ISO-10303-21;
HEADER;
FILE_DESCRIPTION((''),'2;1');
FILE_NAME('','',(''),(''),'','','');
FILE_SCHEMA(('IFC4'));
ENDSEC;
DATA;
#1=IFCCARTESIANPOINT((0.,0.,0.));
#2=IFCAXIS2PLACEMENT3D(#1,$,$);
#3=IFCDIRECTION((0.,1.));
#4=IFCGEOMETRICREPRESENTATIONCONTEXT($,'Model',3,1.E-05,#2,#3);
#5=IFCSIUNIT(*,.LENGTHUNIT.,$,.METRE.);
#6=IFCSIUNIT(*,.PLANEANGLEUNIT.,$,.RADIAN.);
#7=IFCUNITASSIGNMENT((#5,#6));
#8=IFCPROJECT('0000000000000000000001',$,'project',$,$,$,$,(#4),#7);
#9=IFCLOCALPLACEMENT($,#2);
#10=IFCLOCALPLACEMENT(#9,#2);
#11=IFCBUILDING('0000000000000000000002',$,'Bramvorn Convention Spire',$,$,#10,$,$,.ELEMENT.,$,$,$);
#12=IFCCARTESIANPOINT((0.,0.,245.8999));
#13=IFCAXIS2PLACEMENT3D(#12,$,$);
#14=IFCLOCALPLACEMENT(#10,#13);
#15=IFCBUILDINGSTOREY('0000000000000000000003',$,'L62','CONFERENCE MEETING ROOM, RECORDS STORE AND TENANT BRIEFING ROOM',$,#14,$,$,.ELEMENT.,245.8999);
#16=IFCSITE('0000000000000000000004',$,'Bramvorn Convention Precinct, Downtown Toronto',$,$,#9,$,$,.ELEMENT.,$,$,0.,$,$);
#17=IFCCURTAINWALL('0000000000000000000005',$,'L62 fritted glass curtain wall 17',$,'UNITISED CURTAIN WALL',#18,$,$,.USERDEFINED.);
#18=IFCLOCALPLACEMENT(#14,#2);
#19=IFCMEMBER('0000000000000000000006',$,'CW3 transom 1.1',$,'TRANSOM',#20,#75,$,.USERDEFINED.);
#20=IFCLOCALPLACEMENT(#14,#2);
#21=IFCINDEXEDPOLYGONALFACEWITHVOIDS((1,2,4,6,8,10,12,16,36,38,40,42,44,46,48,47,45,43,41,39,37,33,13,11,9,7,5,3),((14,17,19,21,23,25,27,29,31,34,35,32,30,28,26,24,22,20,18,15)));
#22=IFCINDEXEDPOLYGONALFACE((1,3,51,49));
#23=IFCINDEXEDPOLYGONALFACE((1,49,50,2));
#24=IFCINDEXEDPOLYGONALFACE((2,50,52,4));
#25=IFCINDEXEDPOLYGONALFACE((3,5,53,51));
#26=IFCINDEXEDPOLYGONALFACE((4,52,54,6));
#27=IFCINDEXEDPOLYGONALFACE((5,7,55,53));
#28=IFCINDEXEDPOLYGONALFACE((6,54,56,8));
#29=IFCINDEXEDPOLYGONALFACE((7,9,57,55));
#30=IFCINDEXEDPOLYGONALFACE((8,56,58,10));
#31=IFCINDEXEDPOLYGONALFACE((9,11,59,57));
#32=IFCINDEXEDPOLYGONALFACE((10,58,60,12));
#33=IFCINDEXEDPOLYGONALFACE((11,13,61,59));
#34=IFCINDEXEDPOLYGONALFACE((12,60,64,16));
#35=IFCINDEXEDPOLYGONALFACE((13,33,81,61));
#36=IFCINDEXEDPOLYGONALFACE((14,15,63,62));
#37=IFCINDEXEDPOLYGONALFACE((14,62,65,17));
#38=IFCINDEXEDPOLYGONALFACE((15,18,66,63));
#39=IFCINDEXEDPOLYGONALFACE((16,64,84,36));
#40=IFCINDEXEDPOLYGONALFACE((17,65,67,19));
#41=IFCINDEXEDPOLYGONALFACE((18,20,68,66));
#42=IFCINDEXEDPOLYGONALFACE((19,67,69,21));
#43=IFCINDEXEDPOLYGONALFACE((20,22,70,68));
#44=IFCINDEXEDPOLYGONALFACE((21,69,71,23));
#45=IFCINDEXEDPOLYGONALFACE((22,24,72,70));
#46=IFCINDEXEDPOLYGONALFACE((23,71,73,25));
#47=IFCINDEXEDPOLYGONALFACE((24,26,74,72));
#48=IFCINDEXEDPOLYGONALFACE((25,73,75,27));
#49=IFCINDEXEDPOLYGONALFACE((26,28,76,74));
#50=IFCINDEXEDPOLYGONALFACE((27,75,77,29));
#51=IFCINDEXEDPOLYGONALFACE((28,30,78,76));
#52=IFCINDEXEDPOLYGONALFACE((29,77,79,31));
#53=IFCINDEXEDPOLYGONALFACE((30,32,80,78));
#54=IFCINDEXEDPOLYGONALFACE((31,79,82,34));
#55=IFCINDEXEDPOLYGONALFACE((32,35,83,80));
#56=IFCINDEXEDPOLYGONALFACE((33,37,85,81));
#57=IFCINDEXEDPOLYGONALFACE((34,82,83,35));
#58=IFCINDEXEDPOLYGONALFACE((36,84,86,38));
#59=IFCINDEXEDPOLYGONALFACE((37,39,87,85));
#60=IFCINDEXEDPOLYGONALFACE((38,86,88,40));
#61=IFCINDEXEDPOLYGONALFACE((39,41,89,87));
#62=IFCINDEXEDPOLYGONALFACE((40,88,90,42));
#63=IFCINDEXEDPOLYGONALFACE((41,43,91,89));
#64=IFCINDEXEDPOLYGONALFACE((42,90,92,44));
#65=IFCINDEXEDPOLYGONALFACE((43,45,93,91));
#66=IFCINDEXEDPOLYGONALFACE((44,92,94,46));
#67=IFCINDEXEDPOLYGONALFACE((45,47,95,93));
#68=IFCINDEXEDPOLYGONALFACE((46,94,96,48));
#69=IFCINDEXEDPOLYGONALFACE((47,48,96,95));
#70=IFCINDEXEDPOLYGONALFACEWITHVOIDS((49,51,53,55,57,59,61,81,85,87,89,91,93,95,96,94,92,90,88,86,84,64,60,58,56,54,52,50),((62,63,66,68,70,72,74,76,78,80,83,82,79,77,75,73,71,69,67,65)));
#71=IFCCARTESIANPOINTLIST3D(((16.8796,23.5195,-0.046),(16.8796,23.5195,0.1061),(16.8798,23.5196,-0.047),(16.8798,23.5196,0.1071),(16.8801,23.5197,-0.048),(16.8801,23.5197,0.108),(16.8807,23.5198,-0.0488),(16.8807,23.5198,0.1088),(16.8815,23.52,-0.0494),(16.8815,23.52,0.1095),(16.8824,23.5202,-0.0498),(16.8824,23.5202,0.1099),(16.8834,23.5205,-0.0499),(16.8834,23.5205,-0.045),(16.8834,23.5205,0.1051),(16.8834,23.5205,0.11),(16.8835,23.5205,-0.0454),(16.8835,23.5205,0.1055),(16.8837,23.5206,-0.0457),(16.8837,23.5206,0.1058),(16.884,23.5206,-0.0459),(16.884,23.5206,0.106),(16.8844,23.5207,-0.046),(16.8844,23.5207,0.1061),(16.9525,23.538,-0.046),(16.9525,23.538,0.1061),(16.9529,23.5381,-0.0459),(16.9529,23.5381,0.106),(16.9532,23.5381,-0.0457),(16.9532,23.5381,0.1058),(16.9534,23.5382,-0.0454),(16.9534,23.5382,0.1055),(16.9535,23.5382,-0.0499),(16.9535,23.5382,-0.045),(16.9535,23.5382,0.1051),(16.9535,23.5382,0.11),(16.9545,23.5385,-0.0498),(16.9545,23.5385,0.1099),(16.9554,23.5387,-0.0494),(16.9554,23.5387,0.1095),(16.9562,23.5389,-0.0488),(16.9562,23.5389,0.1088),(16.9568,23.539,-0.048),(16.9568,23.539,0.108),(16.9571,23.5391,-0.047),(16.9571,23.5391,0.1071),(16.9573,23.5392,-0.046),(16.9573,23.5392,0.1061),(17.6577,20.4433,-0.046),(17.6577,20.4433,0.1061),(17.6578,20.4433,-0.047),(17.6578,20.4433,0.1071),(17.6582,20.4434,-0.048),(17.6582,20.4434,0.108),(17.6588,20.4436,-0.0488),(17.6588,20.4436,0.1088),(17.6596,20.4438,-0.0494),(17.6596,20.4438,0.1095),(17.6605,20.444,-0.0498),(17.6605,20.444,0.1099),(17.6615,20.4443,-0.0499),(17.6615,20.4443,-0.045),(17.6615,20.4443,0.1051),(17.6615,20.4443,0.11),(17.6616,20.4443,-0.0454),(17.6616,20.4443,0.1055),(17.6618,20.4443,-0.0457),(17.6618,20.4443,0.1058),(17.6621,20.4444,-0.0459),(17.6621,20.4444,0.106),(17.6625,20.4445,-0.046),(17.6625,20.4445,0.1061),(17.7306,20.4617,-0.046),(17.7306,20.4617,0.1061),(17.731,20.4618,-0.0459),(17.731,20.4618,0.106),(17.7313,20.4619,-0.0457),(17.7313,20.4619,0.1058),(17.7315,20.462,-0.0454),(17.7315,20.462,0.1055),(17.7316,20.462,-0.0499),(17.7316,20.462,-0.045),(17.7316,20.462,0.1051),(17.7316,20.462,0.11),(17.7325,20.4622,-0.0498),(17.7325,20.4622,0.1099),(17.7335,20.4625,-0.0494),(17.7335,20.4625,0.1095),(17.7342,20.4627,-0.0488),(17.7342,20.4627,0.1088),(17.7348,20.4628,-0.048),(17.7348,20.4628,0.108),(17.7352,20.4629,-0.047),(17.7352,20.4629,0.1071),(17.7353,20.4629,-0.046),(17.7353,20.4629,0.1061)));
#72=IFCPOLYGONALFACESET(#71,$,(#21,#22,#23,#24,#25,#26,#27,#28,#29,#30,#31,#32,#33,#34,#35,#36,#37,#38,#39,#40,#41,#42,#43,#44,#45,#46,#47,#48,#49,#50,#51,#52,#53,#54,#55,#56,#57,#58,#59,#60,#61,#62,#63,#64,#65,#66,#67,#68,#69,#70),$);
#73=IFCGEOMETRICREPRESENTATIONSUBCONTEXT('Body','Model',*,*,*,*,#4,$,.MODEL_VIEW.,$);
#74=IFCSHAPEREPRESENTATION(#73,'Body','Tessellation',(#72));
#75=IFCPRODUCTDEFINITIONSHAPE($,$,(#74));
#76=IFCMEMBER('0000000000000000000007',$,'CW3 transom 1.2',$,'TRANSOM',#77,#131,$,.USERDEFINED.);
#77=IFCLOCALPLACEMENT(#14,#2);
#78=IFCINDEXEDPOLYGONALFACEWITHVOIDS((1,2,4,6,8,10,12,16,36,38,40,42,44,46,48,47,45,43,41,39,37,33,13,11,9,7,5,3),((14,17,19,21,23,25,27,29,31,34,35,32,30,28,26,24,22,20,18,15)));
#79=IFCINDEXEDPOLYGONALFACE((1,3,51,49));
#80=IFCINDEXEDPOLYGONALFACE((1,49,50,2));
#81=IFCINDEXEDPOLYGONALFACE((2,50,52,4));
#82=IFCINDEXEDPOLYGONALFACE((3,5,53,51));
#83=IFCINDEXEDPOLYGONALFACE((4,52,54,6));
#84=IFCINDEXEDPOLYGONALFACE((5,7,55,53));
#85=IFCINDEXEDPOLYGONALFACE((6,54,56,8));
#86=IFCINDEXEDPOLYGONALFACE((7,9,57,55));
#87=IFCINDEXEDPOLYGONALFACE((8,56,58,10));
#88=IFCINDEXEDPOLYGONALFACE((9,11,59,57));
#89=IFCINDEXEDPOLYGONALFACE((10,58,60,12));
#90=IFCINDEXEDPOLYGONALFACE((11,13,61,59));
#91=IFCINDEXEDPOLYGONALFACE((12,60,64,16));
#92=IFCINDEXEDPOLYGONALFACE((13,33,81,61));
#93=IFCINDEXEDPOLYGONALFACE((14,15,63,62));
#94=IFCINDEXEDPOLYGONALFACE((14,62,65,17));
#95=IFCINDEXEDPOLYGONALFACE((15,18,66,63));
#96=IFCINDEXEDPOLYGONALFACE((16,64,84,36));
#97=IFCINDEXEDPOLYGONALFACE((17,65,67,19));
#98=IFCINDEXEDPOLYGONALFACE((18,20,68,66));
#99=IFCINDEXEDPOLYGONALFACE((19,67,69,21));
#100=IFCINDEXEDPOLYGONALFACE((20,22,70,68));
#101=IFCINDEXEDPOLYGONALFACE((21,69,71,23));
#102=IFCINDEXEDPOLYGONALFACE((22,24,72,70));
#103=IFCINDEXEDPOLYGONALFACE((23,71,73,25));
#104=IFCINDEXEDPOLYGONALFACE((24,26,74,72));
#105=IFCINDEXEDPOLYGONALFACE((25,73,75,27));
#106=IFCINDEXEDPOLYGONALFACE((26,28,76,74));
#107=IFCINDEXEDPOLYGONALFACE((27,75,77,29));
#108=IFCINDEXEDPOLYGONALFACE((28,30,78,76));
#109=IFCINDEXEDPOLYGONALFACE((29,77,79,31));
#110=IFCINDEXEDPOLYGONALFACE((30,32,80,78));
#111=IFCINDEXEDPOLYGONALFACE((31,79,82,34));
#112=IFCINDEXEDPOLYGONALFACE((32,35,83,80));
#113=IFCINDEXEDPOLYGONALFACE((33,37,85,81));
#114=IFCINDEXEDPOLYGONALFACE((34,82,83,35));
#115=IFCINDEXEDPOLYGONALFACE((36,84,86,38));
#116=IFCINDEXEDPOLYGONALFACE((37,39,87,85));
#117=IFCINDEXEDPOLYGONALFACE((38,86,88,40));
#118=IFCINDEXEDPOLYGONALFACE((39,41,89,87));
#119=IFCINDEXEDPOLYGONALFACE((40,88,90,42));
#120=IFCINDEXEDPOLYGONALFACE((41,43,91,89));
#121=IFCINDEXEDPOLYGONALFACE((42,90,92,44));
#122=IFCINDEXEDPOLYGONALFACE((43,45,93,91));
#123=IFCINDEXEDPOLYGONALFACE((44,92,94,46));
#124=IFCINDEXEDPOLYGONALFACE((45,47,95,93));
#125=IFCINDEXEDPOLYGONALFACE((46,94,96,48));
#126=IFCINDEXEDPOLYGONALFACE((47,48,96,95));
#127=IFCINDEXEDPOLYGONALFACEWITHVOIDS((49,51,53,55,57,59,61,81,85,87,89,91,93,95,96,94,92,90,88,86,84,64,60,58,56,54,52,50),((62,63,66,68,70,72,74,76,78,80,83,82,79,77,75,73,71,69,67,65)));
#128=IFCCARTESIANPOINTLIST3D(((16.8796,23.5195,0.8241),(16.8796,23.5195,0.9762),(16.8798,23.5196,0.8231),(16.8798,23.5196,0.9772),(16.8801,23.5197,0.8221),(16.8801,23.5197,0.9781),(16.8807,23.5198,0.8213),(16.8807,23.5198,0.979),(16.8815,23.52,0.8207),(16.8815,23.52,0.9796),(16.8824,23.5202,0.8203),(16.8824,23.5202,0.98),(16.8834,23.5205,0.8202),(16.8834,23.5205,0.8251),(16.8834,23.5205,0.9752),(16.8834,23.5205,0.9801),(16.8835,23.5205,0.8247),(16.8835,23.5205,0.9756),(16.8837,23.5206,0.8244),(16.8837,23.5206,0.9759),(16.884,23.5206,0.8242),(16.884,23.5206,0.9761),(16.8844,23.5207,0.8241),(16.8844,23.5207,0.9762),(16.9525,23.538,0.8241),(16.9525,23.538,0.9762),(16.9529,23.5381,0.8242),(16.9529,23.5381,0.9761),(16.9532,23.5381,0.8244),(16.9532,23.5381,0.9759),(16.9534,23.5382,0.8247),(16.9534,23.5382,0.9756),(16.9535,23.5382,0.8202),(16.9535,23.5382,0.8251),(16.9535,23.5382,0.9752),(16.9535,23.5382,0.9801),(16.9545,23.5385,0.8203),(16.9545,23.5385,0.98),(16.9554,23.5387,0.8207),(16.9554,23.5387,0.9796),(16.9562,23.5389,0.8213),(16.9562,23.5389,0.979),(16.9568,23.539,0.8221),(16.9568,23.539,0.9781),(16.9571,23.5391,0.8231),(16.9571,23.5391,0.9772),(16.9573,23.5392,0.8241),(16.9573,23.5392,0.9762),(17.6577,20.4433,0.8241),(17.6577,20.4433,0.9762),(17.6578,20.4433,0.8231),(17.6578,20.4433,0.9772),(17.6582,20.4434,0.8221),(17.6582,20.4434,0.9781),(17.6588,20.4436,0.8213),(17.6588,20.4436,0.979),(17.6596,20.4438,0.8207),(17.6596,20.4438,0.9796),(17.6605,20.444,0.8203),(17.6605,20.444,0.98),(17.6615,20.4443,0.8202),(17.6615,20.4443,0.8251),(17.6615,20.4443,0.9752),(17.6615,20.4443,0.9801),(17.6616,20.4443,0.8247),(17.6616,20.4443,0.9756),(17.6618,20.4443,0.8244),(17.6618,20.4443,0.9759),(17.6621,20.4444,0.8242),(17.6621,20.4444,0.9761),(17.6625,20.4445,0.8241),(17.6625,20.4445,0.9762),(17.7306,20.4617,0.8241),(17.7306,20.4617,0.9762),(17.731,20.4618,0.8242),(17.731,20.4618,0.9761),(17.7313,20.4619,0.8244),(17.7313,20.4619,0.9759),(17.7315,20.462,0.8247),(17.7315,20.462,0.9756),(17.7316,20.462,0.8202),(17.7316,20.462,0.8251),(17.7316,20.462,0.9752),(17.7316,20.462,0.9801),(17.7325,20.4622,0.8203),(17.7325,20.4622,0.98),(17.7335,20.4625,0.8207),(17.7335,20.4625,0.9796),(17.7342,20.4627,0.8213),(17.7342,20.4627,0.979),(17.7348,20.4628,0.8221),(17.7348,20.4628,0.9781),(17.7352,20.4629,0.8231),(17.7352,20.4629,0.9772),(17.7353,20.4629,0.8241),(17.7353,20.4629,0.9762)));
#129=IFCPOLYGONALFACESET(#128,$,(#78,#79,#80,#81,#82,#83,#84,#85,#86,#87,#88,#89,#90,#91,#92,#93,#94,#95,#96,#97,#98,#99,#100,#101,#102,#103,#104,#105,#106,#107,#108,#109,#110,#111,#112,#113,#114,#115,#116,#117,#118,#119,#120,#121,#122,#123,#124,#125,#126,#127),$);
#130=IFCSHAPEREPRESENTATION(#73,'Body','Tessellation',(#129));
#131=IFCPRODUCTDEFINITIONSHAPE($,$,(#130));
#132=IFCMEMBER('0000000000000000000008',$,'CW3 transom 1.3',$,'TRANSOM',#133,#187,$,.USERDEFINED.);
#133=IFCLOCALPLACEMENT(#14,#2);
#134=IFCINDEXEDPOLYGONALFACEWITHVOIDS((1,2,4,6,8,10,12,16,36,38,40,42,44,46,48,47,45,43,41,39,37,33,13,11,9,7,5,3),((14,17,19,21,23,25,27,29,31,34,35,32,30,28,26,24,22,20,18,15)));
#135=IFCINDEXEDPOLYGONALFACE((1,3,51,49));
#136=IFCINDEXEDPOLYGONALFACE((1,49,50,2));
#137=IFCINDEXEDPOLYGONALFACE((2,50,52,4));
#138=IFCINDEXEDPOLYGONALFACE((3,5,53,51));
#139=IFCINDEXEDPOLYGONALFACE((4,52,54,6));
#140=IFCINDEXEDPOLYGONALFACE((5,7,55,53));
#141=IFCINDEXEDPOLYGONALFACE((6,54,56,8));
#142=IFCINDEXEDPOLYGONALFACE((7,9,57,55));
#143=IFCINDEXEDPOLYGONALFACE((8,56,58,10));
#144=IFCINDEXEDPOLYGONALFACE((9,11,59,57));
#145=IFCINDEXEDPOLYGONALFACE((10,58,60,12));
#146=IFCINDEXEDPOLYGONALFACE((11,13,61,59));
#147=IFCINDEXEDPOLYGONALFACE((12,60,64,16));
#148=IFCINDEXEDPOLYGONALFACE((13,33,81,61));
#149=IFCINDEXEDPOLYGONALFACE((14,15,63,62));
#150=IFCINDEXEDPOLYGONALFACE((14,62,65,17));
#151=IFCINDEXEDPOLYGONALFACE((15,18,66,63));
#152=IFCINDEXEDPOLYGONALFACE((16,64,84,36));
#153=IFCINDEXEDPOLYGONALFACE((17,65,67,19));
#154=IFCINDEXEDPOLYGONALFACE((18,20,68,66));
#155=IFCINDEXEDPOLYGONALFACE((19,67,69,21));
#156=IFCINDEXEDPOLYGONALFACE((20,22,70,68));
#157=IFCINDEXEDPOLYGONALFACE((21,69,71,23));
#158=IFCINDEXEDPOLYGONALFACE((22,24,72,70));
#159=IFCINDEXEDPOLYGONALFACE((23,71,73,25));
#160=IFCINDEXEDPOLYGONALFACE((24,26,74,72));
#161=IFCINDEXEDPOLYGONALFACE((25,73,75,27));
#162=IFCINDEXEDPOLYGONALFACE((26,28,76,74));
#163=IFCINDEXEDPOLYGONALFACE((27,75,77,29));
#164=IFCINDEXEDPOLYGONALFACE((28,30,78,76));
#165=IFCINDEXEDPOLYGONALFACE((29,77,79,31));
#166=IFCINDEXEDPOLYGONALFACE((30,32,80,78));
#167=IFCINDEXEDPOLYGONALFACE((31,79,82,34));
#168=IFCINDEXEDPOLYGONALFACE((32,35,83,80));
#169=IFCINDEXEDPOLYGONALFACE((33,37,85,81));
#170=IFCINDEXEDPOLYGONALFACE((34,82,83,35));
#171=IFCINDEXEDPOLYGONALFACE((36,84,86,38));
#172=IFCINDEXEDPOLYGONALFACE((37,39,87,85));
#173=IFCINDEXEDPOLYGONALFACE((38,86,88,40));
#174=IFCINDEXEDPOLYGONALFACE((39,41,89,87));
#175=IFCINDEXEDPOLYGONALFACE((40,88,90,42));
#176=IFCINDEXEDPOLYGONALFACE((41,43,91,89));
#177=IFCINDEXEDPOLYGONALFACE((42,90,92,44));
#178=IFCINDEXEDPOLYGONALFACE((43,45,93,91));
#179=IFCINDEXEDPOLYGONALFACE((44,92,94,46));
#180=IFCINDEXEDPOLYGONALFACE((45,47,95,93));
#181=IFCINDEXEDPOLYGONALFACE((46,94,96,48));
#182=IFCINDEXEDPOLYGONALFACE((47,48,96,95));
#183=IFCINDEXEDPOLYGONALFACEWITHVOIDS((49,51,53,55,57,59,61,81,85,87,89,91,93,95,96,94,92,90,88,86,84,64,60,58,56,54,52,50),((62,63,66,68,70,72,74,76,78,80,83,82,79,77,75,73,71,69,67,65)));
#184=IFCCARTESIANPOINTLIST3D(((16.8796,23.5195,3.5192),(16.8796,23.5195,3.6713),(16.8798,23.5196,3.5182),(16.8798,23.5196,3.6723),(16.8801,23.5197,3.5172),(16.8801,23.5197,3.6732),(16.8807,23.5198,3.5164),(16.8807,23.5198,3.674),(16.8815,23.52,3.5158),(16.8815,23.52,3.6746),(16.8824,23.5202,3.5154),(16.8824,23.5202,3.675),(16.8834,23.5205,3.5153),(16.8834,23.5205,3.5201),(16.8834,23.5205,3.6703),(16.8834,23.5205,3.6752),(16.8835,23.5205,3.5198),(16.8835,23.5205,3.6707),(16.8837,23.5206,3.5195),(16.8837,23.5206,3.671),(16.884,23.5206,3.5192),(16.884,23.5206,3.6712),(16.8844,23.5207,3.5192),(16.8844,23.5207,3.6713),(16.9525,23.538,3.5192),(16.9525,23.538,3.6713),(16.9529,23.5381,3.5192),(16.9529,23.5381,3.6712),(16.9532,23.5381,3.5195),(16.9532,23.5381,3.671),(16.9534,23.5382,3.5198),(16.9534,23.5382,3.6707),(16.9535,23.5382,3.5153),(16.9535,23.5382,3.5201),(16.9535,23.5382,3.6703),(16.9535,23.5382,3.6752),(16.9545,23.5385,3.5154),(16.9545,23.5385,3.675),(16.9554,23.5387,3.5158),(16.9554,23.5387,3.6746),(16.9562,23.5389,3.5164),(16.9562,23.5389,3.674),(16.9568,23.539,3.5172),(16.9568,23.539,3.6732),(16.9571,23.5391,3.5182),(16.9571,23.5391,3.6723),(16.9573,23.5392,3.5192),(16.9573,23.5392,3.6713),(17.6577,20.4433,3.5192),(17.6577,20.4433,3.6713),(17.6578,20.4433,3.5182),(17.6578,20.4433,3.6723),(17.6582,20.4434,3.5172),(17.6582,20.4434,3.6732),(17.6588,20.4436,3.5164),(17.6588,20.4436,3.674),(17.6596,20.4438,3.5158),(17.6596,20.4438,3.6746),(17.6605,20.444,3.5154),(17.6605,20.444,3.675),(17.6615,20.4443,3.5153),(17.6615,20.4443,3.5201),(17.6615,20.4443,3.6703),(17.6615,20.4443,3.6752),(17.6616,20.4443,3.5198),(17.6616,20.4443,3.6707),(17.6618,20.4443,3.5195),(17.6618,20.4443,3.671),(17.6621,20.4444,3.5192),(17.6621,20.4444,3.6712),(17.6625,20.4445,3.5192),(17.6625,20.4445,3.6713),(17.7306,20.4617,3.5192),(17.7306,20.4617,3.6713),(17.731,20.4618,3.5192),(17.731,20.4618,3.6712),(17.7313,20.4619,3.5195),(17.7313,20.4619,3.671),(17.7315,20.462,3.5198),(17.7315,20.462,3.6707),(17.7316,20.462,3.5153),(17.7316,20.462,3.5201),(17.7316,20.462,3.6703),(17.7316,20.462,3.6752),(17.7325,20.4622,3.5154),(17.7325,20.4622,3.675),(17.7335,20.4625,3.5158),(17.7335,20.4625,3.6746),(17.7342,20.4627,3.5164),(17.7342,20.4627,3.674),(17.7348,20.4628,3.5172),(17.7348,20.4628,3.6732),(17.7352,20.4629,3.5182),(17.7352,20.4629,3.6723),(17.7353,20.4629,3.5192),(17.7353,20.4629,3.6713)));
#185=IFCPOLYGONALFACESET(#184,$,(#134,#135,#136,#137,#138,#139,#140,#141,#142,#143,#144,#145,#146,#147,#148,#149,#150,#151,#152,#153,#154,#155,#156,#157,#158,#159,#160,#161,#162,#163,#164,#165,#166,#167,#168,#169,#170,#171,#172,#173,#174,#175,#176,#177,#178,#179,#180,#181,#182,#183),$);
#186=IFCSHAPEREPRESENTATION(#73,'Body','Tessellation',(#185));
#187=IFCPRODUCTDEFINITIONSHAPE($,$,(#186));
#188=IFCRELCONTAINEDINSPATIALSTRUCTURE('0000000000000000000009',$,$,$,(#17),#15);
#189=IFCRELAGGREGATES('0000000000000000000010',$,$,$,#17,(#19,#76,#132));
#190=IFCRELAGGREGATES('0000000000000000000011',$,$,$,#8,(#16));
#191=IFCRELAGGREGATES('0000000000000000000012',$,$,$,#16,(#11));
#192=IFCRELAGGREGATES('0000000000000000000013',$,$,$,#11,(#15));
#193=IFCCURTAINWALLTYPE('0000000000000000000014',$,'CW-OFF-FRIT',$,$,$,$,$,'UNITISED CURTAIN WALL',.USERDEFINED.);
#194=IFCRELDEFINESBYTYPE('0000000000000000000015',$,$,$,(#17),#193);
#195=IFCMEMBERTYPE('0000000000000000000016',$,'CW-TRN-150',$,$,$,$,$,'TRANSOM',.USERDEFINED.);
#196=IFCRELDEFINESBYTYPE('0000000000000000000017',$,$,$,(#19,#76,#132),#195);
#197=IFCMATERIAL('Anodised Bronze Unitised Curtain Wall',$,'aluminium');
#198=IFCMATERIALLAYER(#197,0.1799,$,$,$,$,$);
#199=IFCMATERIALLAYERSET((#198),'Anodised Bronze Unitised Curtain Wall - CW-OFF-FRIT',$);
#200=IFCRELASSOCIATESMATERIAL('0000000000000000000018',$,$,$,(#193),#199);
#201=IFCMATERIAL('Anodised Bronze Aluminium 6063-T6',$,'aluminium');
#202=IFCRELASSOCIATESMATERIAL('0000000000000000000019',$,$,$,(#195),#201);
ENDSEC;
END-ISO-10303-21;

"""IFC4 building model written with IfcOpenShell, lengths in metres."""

from ifc_helpers import new_model, si_unit, direction, frame, origin, origin_2d, place, context, subcontext, project, spatial, hollow_rectangle, extrude, material, layer, layer_set, material_profile, profile_set, type_object, element, aggregate, save


model = new_model("IFC4")

# Units and contexts
model_context = context("Model", 3, precision=1e-05, world=origin(), true_north=direction((0.0, 1.0)))
body_context = subcontext(model_context, "Body", "Model", "MODEL_VIEW")
ifc_project = project(units=[si_unit("LENGTHUNIT", "METRE"), si_unit("PLANEANGLEUNIT", "RADIAN")], contexts=[model_context])

# Site, building, storey
site_placement = place(None, origin())
site = spatial("IfcSite", under=ifc_project, at=site_placement, Name="Bramvorn Convention Precinct, Downtown Toronto", CompositionType="ELEMENT", RefElevation=0.0)
building_placement = place(site_placement, origin())
building = spatial("IfcBuilding", under=site, at=building_placement, Name="Bramvorn Convention Spire", CompositionType="ELEMENT")
storey_placement = place(building_placement, frame((0.0, 0.0, 245.8999)))
storey = spatial("IfcBuildingStorey", under=building, at=storey_placement, Name="L62", Description="CONFERENCE MEETING ROOM, RECORDS STORE AND TENANT BRIEFING ROOM", CompositionType="ELEMENT", Elevation=245.8999)

# Curtain wall
ifc_material_1 = material(Name="Anodised Bronze Unitised Curtain Wall", Category="aluminium")
ifc_layer_1 = layer(ifc_material_1, 0.1799)
ifc_layer_set_1 = layer_set([ifc_layer_1], Name="Anodised Bronze Unitised Curtain Wall - CW-OFF-FRIT")
curtain_wall_type = type_object("IfcCurtainWallType", Name="CW-OFF-FRIT", ElementType="UNITISED CURTAIN WALL", PredefinedType="USERDEFINED", material=ifc_layer_set_1)
curtain_wall_1_placement = place(storey_placement, origin())
curtain_wall_1 = element("IfcCurtainWall", 1, at=curtain_wall_1_placement, inside=storey, type_object=curtain_wall_type, Name="L62 fritted glass curtain wall 17", ObjectType="UNITISED CURTAIN WALL", PredefinedType="USERDEFINED")
ifc_material_2 = material(Name="Anodised Bronze Aluminium 6063-T6", Category="aluminium")

# Members
ifc_material_profile_1 = material_profile(ifc_material_2, hollow_rectangle(XDim=0.0801, YDim=0.1599, WallThickness=0.0039, InnerFilletRadius=0.001, OuterFilletRadius=0.0039, at=origin_2d()))
ifc_profile_set_1 = profile_set([ifc_material_profile_1], Name="Anodised Bronze Aluminium 6063-T6 - CWT80X160")
member_type_1 = type_object("IfcMemberType", Name="CW-TRN-150", ElementType="TRANSOM", PredefinedType="USERDEFINED", material=ifc_profile_set_1)
member_1_placement = place(storey_placement, frame((17.6965, 20.4531, 0.03), z_axis=(-0.245214, 0.969469, 0.0), x_axis=(-0.969469, -0.245214, 0.0)))
member_1 = element("IfcMember", 2, at=member_1_placement, type_object=member_type_1, Name="CW3 transom 1.1", ObjectType="TRANSOM", PredefinedType="USERDEFINED", context=body_context, shape_type="SweptSolid", body=[
    extrude(hollow_rectangle(XDim=0.0801, YDim=0.1599, WallThickness=0.0039, InnerFilletRadius=0.001, OuterFilletRadius=0.0039, at=origin_2d()), origin(), (0.0, 0.0, 1.0), 3.1731),
])
member_2_placement = place(storey_placement, frame((17.6965, 20.4531, 0.9001), z_axis=(-0.245214, 0.969469, 0.0), x_axis=(-0.969469, -0.245214, 0.0)))
member_2 = element("IfcMember", 3, at=member_2_placement, type_object=member_type_1, Name="CW3 transom 1.2", ObjectType="TRANSOM", PredefinedType="USERDEFINED", context=body_context, shape_type="SweptSolid", body=[
    extrude(hollow_rectangle(XDim=0.0801, YDim=0.1599, WallThickness=0.0039, InnerFilletRadius=0.001, OuterFilletRadius=0.0039, at=origin_2d()), origin(), (0.0, 0.0, 1.0), 3.1731),
])
member_3_placement = place(storey_placement, frame((17.6965, 20.4531, 3.5952), z_axis=(-0.245214, 0.969469, 0.0), x_axis=(-0.969469, -0.245214, 0.0)))
member_3 = element("IfcMember", 4, at=member_3_placement, type_object=member_type_1, Name="CW3 transom 1.3", ObjectType="TRANSOM", PredefinedType="USERDEFINED", context=body_context, shape_type="SweptSolid", body=[
    extrude(hollow_rectangle(XDim=0.0801, YDim=0.1599, WallThickness=0.0039, InnerFilletRadius=0.001, OuterFilletRadius=0.0039, at=origin_2d()), origin(), (0.0, 0.0, 1.0), 3.1731),
])

aggregate(curtain_wall_1, [member_1, member_2, member_3])

save(model, "model.ifc")
